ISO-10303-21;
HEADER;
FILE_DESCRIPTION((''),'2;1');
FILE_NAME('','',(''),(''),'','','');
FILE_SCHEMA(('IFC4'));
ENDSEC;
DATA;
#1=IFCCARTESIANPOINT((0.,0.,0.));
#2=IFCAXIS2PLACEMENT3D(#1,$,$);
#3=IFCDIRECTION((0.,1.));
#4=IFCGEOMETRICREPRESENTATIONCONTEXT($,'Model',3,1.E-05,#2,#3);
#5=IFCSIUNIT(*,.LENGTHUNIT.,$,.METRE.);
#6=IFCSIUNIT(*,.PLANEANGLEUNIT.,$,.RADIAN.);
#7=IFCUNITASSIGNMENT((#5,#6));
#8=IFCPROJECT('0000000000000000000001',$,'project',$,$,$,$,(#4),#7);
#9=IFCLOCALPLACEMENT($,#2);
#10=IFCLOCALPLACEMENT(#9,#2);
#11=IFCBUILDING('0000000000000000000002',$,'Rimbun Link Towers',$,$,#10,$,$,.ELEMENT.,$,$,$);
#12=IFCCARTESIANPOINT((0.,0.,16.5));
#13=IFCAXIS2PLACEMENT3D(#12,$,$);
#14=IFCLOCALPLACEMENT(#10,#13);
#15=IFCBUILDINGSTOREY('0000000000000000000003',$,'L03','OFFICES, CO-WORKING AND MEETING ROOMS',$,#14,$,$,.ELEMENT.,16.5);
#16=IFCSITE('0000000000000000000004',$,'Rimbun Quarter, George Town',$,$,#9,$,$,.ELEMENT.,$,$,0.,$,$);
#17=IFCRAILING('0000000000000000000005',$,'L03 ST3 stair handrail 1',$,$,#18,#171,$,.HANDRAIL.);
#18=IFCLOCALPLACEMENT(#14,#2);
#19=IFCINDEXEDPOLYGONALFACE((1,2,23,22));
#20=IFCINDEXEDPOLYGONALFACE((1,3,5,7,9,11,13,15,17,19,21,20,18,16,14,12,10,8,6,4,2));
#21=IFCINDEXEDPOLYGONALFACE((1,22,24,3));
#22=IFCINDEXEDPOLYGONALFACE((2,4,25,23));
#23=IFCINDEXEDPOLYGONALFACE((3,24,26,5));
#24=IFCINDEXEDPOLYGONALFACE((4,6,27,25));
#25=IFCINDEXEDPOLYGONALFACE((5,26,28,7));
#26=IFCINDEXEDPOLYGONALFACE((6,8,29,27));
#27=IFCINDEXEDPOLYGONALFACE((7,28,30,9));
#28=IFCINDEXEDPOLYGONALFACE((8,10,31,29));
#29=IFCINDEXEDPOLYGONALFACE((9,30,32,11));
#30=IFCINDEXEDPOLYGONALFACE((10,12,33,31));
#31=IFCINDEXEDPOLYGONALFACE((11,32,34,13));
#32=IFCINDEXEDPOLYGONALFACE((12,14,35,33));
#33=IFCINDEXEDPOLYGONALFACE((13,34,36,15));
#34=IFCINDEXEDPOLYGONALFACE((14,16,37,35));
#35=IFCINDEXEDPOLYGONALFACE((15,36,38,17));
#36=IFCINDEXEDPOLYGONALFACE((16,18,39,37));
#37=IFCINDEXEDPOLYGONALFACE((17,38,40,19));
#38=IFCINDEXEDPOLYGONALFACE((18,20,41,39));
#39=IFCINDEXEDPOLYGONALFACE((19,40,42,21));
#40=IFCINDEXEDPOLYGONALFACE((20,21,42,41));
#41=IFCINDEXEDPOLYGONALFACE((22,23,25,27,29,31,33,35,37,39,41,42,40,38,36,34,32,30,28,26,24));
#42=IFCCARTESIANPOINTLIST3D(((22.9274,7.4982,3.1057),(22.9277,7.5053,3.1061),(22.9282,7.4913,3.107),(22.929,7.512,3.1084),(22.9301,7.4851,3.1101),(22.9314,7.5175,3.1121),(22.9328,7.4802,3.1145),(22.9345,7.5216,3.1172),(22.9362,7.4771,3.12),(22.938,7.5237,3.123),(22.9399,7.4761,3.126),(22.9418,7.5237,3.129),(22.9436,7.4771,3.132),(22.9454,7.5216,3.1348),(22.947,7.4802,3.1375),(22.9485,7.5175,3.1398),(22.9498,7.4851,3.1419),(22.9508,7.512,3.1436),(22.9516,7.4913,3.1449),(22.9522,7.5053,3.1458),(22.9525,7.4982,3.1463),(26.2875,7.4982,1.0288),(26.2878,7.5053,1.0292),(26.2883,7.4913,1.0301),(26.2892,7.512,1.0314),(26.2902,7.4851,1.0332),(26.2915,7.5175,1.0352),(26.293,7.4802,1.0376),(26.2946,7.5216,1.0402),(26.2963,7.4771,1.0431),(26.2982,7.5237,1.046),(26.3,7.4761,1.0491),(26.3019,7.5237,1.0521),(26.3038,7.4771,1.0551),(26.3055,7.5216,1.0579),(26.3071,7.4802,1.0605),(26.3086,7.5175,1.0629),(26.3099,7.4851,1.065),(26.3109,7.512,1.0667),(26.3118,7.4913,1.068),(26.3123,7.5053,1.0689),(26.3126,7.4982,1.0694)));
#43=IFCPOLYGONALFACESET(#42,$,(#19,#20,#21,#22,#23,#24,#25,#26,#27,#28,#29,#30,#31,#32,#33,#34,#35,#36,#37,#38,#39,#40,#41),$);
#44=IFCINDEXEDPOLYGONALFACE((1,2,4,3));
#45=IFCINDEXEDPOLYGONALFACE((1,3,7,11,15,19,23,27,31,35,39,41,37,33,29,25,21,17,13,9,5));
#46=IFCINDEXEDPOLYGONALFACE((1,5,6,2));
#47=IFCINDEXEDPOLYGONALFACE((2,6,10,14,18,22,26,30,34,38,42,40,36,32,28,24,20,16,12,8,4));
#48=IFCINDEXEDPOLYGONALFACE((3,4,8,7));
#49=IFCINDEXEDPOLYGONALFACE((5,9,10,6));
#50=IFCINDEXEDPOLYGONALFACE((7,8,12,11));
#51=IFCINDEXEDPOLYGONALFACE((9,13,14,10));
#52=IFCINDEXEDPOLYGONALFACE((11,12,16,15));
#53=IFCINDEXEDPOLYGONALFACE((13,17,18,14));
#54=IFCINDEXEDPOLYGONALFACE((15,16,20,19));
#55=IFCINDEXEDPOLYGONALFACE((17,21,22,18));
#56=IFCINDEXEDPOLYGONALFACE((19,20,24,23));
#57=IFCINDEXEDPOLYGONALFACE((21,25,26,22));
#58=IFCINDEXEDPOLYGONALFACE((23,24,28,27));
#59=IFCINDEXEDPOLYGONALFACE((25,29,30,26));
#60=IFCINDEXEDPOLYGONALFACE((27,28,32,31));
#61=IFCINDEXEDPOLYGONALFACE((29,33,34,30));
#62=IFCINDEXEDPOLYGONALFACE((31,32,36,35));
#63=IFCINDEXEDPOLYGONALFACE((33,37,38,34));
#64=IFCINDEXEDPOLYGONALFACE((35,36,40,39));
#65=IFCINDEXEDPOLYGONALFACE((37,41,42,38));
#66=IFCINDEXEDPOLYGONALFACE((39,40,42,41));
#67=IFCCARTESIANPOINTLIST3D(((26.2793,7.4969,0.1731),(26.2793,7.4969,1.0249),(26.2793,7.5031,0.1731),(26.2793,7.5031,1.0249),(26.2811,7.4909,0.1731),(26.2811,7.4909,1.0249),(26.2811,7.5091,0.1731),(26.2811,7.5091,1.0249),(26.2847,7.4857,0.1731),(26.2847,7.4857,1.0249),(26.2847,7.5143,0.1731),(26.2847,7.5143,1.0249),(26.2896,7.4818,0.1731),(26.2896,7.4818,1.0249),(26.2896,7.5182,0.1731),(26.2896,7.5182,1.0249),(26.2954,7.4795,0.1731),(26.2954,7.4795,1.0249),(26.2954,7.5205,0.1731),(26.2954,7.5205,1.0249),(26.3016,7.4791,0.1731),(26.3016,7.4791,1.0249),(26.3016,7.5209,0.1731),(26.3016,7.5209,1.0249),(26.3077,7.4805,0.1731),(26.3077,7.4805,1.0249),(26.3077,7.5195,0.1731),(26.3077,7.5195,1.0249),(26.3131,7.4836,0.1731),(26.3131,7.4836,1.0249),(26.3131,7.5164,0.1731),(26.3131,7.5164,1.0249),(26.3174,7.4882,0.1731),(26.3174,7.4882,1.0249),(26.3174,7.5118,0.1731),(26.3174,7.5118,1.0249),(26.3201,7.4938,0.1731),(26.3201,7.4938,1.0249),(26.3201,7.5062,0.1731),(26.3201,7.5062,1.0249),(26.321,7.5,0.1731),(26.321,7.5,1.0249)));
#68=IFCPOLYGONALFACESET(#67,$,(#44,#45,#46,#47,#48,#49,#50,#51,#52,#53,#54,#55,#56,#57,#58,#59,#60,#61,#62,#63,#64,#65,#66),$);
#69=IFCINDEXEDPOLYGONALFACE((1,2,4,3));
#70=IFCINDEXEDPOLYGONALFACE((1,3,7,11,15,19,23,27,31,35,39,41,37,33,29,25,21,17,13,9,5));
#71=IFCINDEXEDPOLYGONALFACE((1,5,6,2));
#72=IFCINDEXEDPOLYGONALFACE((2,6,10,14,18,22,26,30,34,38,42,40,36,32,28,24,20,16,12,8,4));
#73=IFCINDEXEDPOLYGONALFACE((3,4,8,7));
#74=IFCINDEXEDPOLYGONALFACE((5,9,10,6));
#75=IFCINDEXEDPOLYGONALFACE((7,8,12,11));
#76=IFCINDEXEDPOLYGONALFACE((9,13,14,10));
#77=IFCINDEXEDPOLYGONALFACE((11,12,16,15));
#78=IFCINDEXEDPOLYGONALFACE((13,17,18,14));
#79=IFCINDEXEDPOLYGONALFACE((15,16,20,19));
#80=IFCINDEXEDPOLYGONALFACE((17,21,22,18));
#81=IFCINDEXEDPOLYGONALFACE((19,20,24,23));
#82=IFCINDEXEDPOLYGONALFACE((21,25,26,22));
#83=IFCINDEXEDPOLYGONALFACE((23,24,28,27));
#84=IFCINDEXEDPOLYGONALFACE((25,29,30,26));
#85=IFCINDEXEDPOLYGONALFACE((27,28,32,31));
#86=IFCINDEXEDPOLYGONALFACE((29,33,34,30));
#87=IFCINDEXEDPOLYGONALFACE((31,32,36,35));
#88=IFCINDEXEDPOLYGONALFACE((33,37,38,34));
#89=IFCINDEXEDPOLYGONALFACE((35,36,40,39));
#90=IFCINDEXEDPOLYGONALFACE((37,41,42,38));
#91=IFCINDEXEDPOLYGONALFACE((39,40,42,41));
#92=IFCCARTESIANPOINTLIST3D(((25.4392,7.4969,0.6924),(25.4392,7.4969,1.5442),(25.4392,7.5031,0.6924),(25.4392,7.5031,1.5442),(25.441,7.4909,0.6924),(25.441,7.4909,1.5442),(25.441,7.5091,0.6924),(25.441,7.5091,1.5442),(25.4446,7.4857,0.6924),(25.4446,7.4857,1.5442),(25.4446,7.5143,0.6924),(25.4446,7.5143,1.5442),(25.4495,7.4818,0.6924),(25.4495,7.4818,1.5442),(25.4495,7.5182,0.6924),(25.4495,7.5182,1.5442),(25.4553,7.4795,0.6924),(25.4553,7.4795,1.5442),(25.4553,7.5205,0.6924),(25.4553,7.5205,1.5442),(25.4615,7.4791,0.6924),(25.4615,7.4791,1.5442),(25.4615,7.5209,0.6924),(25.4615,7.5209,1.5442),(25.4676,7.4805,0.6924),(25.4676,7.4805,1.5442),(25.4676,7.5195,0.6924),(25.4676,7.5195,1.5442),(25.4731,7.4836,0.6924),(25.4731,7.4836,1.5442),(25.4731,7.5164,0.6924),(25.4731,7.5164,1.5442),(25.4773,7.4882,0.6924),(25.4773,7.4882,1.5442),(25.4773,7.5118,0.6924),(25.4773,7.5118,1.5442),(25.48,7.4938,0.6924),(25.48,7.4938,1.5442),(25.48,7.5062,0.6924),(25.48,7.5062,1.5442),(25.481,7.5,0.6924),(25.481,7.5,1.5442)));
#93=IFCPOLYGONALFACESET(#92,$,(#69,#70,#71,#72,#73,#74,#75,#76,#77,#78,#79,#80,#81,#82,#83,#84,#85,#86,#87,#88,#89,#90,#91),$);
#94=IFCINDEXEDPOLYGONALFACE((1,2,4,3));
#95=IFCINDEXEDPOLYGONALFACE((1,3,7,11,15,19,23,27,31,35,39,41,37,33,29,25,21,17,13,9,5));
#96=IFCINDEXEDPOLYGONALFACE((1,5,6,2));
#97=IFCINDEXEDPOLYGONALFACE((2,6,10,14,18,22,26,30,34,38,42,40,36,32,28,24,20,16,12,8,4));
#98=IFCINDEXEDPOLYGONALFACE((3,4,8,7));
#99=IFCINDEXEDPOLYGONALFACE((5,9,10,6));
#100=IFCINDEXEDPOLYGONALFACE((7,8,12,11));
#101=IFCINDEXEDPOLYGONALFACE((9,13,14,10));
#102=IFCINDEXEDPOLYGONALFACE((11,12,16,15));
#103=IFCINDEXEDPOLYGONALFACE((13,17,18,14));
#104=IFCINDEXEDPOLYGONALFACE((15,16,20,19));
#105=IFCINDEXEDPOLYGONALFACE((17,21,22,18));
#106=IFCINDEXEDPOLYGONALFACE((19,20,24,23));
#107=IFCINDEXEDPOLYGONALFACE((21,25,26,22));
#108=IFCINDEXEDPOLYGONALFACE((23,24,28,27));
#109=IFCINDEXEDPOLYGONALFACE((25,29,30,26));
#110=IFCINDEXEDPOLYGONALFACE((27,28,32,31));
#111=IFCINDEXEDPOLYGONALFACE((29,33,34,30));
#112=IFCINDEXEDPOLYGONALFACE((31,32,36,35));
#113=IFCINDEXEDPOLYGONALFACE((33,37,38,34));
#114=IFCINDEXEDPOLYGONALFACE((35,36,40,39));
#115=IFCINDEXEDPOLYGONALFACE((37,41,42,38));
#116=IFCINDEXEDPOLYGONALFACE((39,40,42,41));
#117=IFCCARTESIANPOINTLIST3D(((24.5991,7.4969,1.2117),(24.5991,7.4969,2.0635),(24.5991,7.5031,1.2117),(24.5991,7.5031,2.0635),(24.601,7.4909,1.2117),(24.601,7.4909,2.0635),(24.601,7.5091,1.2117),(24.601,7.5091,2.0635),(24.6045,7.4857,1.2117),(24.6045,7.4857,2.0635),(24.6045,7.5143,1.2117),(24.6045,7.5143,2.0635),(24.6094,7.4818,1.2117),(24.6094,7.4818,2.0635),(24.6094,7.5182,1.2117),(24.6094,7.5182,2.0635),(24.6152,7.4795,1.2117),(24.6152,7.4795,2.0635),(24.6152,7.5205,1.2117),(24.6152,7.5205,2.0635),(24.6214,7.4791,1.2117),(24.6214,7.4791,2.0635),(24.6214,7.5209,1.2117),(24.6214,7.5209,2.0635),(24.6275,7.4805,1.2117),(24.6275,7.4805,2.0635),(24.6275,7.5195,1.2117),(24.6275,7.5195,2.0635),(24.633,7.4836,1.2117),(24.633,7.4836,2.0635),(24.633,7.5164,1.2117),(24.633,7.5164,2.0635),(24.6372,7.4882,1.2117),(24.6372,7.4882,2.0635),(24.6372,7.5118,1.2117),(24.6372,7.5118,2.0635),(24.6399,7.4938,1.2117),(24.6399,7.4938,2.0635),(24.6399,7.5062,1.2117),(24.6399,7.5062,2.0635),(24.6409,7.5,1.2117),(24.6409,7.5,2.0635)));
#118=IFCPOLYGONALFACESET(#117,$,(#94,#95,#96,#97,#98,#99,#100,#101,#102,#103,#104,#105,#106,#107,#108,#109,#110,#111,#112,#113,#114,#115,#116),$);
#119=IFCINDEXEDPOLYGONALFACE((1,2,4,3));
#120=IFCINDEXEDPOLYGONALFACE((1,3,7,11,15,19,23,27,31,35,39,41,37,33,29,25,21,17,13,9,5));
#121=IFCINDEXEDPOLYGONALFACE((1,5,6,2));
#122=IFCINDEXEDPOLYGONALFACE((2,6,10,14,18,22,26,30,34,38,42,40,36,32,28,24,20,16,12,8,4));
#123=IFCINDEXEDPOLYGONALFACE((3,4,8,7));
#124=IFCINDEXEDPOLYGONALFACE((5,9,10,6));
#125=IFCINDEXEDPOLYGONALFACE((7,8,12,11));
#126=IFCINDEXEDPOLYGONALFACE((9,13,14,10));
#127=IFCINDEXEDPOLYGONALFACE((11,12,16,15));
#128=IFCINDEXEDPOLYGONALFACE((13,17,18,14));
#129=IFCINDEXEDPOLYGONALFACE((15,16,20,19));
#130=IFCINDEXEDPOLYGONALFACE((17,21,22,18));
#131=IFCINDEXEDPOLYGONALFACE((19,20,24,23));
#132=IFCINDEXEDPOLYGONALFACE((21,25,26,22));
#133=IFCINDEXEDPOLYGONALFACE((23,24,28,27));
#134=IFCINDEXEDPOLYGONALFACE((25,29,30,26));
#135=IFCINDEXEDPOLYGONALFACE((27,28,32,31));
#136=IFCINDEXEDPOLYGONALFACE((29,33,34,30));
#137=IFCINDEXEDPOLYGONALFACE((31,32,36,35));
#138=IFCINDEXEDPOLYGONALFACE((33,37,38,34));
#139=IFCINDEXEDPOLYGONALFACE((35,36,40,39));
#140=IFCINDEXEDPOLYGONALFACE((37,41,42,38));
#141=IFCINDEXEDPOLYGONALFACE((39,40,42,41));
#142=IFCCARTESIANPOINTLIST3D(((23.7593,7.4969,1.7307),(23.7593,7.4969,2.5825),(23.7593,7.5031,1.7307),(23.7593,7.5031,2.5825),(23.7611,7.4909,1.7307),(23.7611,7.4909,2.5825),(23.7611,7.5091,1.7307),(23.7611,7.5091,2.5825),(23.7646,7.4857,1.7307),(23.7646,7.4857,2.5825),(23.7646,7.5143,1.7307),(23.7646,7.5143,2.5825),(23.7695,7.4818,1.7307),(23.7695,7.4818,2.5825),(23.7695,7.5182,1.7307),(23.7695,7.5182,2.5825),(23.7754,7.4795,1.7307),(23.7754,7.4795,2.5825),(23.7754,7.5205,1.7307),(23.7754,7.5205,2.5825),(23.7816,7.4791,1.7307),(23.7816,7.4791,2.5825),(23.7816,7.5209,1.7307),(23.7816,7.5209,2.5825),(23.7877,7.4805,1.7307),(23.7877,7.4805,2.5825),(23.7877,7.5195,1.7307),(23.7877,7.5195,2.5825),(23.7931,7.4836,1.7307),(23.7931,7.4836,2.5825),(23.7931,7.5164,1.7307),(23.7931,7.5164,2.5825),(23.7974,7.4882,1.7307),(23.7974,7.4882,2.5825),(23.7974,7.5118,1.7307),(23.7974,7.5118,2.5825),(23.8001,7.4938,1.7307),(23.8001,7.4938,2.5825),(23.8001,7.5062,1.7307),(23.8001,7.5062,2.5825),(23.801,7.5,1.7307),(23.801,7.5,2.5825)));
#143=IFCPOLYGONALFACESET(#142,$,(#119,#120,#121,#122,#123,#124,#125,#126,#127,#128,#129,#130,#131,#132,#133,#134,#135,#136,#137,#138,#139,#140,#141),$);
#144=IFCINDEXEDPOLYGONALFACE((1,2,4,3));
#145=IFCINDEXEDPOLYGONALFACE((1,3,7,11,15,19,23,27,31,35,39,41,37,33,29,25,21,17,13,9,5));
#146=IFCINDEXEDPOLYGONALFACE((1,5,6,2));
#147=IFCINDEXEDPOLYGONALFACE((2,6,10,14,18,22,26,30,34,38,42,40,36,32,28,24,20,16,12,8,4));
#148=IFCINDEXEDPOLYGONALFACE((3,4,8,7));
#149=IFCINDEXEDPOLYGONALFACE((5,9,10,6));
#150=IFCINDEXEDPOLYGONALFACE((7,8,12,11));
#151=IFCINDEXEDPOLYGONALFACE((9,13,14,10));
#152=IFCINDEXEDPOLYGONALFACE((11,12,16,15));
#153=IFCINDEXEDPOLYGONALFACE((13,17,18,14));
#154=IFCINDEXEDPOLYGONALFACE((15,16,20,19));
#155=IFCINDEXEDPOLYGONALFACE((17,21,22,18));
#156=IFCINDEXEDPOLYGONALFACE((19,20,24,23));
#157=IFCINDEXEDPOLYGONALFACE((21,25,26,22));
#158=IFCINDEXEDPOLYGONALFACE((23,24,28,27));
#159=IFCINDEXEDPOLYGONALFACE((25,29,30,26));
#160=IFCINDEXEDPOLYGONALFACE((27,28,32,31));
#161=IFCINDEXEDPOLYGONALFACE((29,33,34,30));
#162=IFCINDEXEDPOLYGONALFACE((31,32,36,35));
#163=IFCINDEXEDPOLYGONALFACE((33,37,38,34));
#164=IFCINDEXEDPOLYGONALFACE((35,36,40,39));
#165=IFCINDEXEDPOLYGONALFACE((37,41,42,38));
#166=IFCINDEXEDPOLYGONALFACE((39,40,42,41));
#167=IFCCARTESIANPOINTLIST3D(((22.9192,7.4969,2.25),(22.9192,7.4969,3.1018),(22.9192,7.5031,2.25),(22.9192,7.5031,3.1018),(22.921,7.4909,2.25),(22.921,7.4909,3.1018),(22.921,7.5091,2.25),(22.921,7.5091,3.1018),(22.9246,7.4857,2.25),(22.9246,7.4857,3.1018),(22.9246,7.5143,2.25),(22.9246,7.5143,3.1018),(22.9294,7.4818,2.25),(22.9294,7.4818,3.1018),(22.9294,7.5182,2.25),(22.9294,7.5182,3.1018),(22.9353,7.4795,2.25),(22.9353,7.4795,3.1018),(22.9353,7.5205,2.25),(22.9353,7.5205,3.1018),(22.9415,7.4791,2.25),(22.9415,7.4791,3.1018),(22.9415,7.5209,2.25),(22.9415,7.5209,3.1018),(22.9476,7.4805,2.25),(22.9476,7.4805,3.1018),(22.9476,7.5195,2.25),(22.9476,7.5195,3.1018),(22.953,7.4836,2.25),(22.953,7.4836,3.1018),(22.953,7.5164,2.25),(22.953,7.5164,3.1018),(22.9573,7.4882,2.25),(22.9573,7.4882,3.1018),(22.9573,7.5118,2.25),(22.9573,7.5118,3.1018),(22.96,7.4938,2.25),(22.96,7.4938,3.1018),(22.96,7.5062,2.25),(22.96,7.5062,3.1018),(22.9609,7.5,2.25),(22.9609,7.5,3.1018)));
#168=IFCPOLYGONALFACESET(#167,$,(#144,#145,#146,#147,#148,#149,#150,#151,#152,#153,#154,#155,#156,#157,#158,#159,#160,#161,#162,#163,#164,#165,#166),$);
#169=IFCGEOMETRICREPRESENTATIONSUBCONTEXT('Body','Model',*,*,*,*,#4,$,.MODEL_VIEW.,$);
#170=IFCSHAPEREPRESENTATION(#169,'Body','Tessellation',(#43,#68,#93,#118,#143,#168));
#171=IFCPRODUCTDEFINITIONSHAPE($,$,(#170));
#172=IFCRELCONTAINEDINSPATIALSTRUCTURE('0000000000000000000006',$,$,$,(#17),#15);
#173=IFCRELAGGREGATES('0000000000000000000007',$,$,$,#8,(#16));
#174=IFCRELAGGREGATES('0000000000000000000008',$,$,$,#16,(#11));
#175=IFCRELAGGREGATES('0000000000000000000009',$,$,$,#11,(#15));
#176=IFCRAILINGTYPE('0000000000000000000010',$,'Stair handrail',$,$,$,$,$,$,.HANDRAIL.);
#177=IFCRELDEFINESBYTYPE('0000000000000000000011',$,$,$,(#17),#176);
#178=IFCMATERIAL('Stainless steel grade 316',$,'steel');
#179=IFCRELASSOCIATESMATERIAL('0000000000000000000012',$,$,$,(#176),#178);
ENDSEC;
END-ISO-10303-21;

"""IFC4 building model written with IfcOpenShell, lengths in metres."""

from ifc_helpers import new_model, si_unit, direction, frame, origin, origin_2d, place, context, subcontext, project, spatial, circle, extrude, material, type_object, element, save


model = new_model("IFC4")

# Units and contexts
model_context = context("Model", 3, precision=1e-05, world=origin(), true_north=direction((0.0, 1.0)))
body_context = subcontext(model_context, "Body", "Model", "MODEL_VIEW")
ifc_project = project(units=[si_unit("LENGTHUNIT", "METRE"), si_unit("PLANEANGLEUNIT", "RADIAN")], contexts=[model_context])

# Site, building, storey
site_placement = place(None, origin())
site = spatial("IfcSite", under=ifc_project, at=site_placement, Name="Rimbun Quarter, George Town", CompositionType="ELEMENT", RefElevation=0.0)
building_placement = place(site_placement, origin())
building = spatial("IfcBuilding", under=site, at=building_placement, Name="Rimbun Link Towers", CompositionType="ELEMENT")
storey_placement = place(building_placement, frame((0.0, 0.0, 16.5)))
storey = spatial("IfcBuildingStorey", under=building, at=storey_placement, Name="L03", Description="OFFICES, CO-WORKING AND MEETING ROOMS", CompositionType="ELEMENT", Elevation=16.5)

# Railing
ifc_material_1 = material(Name="Stainless steel grade 316", Category="steel")
railing_type_1 = type_object("IfcRailingType", Name="Stair handrail", PredefinedType="HANDRAIL", material=ifc_material_1)
railing_1_placement = place(storey_placement, frame((26.3, 7.5, 0.1731)))
element("IfcRailing", 1, at=railing_1_placement, inside=storey, type_object=railing_type_1, Name="L03 ST3 stair handrail 1", PredefinedType="HANDRAIL", context=body_context, shape_type="SweptSolid", body=[
    extrude(circle(Radius=0.0239, at=origin_2d()), frame((0.0, 0.0, 0.876), z_axis=(-0.850623, 0.0, 0.525776), x_axis=(0.0, -1.0, 0.0)), (0.0, 0.0, 1.0), 3.9502),
    extrude(circle(Radius=0.021, at=origin_2d()), origin(), (0.0, 0.0, 1.0), 0.8518),
    extrude(circle(Radius=0.021, at=origin_2d()), frame((-0.8401, 0.0, 0.5193)), (0.0, 0.0, 1.0), 0.8518),
    extrude(circle(Radius=0.021, at=origin_2d()), frame((-1.6802, 0.0, 1.0386)), (0.0, 0.0, 1.0), 0.8518),
    extrude(circle(Radius=0.021, at=origin_2d()), frame((-2.52, 0.0, 1.5576)), (0.0, 0.0, 1.0), 0.8518),
    extrude(circle(Radius=0.021, at=origin_2d()), frame((-3.3601, 0.0, 2.0769)), (0.0, 0.0, 1.0), 0.8518),
])

save(model, "model.ifc")
